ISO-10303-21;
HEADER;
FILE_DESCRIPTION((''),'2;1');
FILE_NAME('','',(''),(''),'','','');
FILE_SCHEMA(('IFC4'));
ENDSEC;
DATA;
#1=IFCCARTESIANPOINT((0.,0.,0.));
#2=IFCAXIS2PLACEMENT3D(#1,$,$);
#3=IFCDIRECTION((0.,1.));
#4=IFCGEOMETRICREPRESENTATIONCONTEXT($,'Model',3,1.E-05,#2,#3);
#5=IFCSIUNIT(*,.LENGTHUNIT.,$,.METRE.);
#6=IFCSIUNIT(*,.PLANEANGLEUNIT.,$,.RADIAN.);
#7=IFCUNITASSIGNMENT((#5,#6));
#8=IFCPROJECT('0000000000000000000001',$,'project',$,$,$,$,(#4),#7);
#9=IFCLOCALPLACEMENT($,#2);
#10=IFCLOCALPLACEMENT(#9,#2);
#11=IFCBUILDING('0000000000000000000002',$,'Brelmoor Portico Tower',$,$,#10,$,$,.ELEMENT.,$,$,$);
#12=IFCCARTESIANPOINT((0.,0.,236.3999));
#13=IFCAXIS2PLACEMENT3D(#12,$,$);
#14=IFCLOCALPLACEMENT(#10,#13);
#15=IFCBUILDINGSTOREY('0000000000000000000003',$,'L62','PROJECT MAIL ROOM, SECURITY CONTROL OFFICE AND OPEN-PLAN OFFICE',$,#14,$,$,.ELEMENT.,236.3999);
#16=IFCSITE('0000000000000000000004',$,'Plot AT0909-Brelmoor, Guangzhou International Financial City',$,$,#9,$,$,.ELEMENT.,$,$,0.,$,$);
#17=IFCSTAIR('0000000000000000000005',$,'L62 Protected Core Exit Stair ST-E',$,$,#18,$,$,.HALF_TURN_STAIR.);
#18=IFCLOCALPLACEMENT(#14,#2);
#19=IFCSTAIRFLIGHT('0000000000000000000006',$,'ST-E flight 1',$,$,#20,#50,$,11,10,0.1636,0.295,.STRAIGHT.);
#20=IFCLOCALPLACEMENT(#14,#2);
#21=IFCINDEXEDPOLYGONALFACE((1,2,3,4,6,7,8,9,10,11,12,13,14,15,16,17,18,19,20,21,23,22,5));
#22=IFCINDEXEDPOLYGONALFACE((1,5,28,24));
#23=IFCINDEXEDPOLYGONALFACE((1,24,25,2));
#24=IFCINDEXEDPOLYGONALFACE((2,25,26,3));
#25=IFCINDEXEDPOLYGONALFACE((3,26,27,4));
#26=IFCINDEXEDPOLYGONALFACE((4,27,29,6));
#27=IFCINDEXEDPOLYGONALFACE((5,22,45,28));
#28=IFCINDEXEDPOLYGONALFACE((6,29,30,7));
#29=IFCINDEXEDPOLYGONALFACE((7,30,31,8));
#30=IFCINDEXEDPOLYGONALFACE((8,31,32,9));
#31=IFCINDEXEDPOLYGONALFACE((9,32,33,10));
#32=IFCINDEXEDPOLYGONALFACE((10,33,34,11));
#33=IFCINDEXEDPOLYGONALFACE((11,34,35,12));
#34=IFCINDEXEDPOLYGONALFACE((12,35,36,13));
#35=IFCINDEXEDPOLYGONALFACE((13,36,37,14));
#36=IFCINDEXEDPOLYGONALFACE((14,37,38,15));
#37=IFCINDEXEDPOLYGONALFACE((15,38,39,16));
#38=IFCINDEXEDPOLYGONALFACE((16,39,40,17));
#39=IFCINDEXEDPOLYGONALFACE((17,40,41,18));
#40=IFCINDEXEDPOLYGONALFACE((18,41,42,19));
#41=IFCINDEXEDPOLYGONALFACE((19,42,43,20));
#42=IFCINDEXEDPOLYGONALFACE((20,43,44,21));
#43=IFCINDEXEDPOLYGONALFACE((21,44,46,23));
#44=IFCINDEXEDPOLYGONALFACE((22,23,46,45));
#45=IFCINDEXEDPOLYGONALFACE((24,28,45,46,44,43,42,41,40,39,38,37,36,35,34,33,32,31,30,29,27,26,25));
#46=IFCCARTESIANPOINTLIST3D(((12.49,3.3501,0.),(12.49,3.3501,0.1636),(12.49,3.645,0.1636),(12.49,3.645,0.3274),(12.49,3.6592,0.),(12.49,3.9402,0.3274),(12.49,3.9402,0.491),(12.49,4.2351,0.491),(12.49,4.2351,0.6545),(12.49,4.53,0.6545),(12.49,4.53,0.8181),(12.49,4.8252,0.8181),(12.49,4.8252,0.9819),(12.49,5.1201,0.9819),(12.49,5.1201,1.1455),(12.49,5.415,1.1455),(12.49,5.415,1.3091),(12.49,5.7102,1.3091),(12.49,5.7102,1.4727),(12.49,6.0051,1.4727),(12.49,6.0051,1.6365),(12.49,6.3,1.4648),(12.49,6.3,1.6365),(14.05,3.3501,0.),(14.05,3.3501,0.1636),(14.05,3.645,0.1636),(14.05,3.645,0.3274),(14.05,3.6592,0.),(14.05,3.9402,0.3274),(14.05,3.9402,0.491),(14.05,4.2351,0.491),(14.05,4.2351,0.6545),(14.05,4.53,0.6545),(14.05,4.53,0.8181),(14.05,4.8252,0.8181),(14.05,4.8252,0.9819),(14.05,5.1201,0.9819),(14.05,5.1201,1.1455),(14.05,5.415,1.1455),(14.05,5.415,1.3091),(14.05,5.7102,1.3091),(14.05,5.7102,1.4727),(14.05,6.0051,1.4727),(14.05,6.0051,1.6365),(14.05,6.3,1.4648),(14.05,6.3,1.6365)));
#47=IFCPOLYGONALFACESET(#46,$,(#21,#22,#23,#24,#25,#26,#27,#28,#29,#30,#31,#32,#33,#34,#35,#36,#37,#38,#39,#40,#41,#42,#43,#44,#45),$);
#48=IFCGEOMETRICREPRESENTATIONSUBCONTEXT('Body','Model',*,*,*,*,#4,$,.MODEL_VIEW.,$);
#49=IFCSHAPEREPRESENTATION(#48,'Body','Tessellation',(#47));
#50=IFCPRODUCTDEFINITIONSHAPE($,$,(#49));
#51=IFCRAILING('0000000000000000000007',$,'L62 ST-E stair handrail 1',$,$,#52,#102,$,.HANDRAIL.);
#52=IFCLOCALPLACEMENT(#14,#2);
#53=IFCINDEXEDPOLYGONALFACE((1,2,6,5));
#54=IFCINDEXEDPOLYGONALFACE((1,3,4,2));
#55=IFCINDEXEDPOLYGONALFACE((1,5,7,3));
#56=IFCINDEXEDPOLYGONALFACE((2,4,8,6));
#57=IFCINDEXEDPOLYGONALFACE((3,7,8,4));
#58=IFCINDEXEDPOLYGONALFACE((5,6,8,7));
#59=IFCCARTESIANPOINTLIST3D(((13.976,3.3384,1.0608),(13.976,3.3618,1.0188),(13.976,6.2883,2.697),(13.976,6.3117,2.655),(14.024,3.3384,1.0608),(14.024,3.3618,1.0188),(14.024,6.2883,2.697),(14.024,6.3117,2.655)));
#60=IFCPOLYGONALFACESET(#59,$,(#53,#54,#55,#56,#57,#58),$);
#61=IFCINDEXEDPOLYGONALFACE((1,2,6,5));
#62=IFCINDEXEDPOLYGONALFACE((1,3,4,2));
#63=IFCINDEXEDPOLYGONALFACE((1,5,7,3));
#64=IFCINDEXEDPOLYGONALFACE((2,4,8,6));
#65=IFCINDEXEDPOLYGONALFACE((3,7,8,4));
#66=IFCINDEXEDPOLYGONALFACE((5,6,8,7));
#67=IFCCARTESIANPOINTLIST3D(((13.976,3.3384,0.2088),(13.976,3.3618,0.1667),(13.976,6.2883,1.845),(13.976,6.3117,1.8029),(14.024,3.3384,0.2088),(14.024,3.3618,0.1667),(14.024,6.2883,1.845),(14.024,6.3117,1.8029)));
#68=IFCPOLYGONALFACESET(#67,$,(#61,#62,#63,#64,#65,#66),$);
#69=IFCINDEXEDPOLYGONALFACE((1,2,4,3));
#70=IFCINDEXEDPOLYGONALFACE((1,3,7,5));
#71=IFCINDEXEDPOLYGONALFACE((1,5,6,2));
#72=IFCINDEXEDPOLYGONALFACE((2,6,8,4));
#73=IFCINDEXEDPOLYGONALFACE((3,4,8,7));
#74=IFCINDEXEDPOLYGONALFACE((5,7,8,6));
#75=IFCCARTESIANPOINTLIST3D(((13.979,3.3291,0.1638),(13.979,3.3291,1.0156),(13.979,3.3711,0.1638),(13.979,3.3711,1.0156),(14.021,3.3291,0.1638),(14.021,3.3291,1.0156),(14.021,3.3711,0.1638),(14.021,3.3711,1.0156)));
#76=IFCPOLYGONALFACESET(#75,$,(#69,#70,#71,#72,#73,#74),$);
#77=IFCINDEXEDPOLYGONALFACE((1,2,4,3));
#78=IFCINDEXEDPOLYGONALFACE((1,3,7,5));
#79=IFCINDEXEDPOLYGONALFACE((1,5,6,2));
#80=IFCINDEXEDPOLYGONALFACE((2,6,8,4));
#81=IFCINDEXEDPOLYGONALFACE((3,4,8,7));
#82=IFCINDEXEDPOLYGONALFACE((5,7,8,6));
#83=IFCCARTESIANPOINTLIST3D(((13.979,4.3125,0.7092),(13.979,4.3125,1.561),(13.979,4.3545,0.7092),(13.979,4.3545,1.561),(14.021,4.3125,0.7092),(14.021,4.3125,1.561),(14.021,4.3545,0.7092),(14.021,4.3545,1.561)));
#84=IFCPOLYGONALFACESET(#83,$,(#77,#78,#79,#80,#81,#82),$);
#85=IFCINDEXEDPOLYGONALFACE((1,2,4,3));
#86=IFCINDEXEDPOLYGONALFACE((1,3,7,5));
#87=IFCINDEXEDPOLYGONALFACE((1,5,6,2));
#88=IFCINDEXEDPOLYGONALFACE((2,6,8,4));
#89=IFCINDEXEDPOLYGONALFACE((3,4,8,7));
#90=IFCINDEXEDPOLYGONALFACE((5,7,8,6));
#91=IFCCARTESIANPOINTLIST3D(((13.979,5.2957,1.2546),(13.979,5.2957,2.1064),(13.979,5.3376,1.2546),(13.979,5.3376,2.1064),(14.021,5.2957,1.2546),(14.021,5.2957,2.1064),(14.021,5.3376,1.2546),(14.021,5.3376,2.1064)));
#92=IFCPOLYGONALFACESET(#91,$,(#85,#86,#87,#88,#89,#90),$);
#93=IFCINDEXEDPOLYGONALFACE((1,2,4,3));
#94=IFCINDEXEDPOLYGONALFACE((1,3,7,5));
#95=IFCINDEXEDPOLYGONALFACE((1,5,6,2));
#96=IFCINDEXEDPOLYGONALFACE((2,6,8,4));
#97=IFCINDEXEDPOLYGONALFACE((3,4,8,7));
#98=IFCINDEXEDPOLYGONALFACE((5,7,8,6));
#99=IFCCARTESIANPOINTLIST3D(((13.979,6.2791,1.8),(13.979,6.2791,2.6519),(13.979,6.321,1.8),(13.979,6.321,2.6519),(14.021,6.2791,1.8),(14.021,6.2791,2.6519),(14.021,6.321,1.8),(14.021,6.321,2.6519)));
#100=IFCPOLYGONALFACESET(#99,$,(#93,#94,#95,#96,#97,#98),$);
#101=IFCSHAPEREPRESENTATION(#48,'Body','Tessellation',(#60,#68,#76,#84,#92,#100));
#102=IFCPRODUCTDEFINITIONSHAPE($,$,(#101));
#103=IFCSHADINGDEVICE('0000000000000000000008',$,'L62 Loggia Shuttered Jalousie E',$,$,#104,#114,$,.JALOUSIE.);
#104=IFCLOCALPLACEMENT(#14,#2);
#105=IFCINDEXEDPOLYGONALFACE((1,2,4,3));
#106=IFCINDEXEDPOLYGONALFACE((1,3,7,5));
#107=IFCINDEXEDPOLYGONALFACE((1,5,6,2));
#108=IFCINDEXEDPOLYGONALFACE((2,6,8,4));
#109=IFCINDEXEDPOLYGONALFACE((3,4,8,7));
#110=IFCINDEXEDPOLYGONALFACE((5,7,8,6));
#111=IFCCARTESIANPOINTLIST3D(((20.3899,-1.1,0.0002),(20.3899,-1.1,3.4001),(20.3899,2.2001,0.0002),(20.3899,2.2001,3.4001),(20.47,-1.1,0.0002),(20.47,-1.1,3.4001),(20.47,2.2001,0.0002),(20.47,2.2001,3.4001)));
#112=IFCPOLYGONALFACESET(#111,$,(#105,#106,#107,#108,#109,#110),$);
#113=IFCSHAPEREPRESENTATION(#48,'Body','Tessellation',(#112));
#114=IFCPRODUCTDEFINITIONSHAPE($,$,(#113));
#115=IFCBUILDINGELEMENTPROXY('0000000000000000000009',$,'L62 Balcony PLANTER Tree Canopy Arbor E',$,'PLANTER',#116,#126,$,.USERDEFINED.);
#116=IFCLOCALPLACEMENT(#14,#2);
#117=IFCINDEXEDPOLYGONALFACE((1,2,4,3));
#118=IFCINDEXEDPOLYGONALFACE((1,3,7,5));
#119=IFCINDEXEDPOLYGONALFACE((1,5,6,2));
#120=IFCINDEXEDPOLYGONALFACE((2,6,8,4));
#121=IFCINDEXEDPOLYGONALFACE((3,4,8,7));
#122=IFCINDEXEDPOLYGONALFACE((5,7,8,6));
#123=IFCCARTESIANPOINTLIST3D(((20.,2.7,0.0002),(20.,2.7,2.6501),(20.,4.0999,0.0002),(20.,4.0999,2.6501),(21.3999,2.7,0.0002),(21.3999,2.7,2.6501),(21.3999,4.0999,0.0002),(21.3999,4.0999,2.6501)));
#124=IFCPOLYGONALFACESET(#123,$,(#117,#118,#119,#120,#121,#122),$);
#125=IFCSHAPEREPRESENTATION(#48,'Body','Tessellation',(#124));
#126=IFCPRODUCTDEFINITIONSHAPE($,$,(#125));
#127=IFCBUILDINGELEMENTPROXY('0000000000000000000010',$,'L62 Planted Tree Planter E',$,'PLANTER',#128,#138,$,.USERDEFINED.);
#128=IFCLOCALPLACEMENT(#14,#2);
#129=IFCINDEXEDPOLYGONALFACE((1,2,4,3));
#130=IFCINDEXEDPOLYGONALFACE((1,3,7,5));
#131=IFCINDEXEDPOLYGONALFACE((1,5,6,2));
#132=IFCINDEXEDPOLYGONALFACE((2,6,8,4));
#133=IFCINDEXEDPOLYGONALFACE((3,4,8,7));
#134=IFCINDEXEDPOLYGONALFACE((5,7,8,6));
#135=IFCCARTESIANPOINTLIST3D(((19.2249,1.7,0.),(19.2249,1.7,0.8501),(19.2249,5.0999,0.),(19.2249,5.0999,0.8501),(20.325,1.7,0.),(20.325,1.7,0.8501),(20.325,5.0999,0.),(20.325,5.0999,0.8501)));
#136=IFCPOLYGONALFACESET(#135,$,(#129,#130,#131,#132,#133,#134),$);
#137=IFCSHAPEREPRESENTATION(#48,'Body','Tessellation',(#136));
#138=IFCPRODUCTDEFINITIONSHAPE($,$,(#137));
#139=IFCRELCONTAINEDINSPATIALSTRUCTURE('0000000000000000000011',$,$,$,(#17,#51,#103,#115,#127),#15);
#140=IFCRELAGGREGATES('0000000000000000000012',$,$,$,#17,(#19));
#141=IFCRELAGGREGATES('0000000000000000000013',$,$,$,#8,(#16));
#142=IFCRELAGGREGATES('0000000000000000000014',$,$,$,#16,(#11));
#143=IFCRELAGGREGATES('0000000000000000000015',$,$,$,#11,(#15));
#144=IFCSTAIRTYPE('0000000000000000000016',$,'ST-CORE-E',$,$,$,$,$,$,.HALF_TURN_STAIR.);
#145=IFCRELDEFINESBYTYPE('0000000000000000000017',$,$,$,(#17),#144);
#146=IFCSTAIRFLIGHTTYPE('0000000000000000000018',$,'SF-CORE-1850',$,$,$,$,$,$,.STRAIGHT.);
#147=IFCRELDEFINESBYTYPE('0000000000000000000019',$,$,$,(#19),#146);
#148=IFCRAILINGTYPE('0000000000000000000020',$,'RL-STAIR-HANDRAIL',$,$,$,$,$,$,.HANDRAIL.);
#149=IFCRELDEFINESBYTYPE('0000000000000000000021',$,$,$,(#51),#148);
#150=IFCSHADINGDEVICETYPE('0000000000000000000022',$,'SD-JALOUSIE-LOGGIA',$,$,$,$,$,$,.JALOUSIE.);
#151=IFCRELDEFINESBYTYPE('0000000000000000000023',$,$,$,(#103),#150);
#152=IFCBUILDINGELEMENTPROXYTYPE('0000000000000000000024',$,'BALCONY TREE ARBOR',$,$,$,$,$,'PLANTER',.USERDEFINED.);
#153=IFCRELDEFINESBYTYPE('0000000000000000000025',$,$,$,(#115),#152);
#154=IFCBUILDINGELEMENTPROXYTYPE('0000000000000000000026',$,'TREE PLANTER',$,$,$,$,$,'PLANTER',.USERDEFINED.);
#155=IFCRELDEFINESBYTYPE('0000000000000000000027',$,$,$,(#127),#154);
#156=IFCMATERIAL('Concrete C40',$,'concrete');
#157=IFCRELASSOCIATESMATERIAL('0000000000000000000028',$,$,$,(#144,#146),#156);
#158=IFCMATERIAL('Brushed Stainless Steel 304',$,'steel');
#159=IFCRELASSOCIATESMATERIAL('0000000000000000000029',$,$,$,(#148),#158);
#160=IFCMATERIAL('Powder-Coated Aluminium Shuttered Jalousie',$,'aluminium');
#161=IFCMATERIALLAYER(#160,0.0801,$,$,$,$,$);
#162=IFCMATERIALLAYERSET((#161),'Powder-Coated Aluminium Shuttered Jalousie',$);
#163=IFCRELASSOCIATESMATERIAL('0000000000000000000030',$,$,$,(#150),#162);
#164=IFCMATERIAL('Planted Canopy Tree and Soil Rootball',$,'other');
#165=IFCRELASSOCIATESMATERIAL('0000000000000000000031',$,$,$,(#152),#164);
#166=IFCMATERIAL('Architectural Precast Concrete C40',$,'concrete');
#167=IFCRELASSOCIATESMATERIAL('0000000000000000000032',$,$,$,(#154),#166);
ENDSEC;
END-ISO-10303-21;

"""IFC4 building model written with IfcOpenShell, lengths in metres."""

from ifc_helpers import new_model, si_unit, direction, frame, origin, origin_2d, place, context, subcontext, project, spatial, polyline, rectangle, outline, extrude, material, layer, layer_set, type_object, element, aggregate, save


model = new_model("IFC4")

# Units and contexts
model_context = context("Model", 3, precision=1e-05, world=origin(), true_north=direction((0.0, 1.0)))
body_context = subcontext(model_context, "Body", "Model", "MODEL_VIEW")
ifc_project = project(units=[si_unit("LENGTHUNIT", "METRE"), si_unit("PLANEANGLEUNIT", "RADIAN")], contexts=[model_context])

# Site, building, storey
site_placement = place(None, origin())
site = spatial("IfcSite", under=ifc_project, at=site_placement, Name="Plot AT0909-Brelmoor, Guangzhou International Financial City", CompositionType="ELEMENT", RefElevation=0.0)
building_placement = place(site_placement, origin())
building = spatial("IfcBuilding", under=site, at=building_placement, Name="Brelmoor Portico Tower", CompositionType="ELEMENT")
storey_placement = place(building_placement, frame((0.0, 0.0, 236.3999)))
storey = spatial("IfcBuildingStorey", under=building, at=storey_placement, Name="L62", Description="PROJECT MAIL ROOM, SECURITY CONTROL OFFICE AND OPEN-PLAN OFFICE", CompositionType="ELEMENT", Elevation=236.3999)

# Shared definitions
ifc_material_1 = material(Name="Concrete C40", Category="concrete")

# Stair, stair flight
stair_type = type_object("IfcStairType", Name="ST-CORE-E", PredefinedType="HALF_TURN_STAIR", material=ifc_material_1)
stair_placement = place(storey_placement, origin())
stair = element("IfcStair", 1, at=stair_placement, inside=storey, type_object=stair_type, Name="L62 Protected Core Exit Stair ST-E", PredefinedType="HALF_TURN_STAIR")
stair_flight_type = type_object("IfcStairFlightType", Name="SF-CORE-1850", PredefinedType="STRAIGHT", material=ifc_material_1)
stair_flight_placement = place(storey_placement, frame((13.27, 3.3501, 0.0), z_axis=(0.0, 0.0, 1.0), x_axis=(0.0, 1.0, 0.0)))
stair_flight = element("IfcStairFlight", 2, at=stair_flight_placement, type_object=stair_flight_type, Name="ST-E flight 1", NumberOfRisers=11, NumberOfTreads=10, PredefinedType="STRAIGHT", RiserHeight=0.1636, TreadLength=0.295, context=body_context, shape_type="SweptSolid", body=[
    extrude(outline(polyline([(0.0, 0.0), (0.0, 0.1636), (0.2949, 0.1636), (0.2949, 0.3274), (0.5901, 0.3274), (0.5901, 0.491), (0.885, 0.491), (0.885, 0.6545), (1.1799, 0.6545), (1.1799, 0.8181), (1.4751, 0.8181), (1.4751, 0.9819), (1.77, 0.9819), (1.77, 1.1455), (2.0649, 1.1455), (2.0649, 1.3091), (2.3601, 1.3091), (2.3601, 1.4727), (2.655, 1.4727), (2.655, 1.6365), (2.95, 1.6365), (2.95, 1.8), (2.95, 1.4648), (0.3091, 0.0), (0.0, 0.0)])), frame((0.0, 0.78, 0.0), z_axis=(0.0, -1.0, 0.0), x_axis=(1.0, 0.0, 0.0)), (0.0, 0.0, 1.0), 1.5601),
])
aggregate(stair, [stair_flight])

# Railing
ifc_material_2 = material(Name="Brushed Stainless Steel 304", Category="steel")
railing_type = type_object("IfcRailingType", Name="RL-STAIR-HANDRAIL", PredefinedType="HANDRAIL", material=ifc_material_2)
railing_placement = place(storey_placement, frame((14.0, 3.3501, 0.1638)))
element("IfcRailing", 3, at=railing_placement, inside=storey, type_object=railing_type, Name="L62 ST-E stair handrail 1", PredefinedType="HANDRAIL", context=body_context, shape_type="SweptSolid", body=[
    extrude(rectangle(XDim=0.0481, YDim=0.0481, at=origin_2d()), frame((0.0, 0.0, 0.876), z_axis=(0.0, 0.874488, 0.485047), x_axis=(-1.0, 0.0, 0.0)), (0.0, 0.0, 1.0), 3.3733),
    extrude(rectangle(XDim=0.0481, YDim=0.0481, at=origin_2d()), frame((0.0, 0.0, 0.0239), z_axis=(0.0, 0.874488, 0.485047), x_axis=(-1.0, 0.0, 0.0)), (0.0, 0.0, 1.0), 3.3733),
    extrude(rectangle(XDim=0.042, YDim=0.042, at=origin_2d()), origin(), (0.0, 0.0, 1.0), 0.8518),
    extrude(rectangle(XDim=0.042, YDim=0.042, at=origin_2d()), frame((0.0, 0.9834, 0.5454)), (0.0, 0.0, 1.0), 0.8518),
    extrude(rectangle(XDim=0.042, YDim=0.042, at=origin_2d()), frame((0.0, 1.9666, 1.0908)), (0.0, 0.0, 1.0), 0.8518),
    extrude(rectangle(XDim=0.042, YDim=0.042, at=origin_2d()), frame((0.0, 2.95, 1.6362)), (0.0, 0.0, 1.0), 0.8518),
])

# Shading device
ifc_material_3 = material(Name="Powder-Coated Aluminium Shuttered Jalousie", Category="aluminium")
ifc_layer_1 = layer(ifc_material_3, 0.0801)
ifc_layer_set_1 = layer_set([ifc_layer_1], Name="Powder-Coated Aluminium Shuttered Jalousie")
shading_device_type = type_object("IfcShadingDeviceType", Name="SD-JALOUSIE-LOGGIA", PredefinedType="JALOUSIE", material=ifc_layer_set_1)
shading_device_placement = place(storey_placement, frame((20.4299, 0.55, 0.0002), z_axis=(0.0, 0.0, 1.0), x_axis=(0.0, 1.0, 0.0)))
element("IfcShadingDevice", 4, at=shading_device_placement, inside=storey, type_object=shading_device_type, Name="L62 Loggia Shuttered Jalousie E", PredefinedType="JALOUSIE", context=body_context, shape_type="SweptSolid", body=[
    extrude(rectangle(XDim=3.3, YDim=0.0801, at=origin_2d()), origin(), (0.0, 0.0, 1.0), 3.3999),
])

# Building element proxies
ifc_material_4 = material(Name="Planted Canopy Tree and Soil Rootball", Category="other")
building_element_proxy_type_1 = type_object("IfcBuildingElementProxyType", Name="BALCONY TREE ARBOR", ElementType="PLANTER", PredefinedType="USERDEFINED", material=ifc_material_4)
proxy_1_placement = place(storey_placement, frame((20.7, 3.3999, 0.0002), z_axis=(0.0, 0.0, 1.0), x_axis=(1.0, 0.0, 0.0)))
element("IfcBuildingElementProxy", 5, at=proxy_1_placement, inside=storey, type_object=building_element_proxy_type_1, Name="L62 Balcony PLANTER Tree Canopy Arbor E", ObjectType="PLANTER", PredefinedType="USERDEFINED", context=body_context, shape_type="SweptSolid", body=[
    extrude(rectangle(XDim=1.3999, YDim=1.3999, at=origin_2d()), origin(), (0.0, 0.0, 1.0), 2.6499),
])
ifc_material_5 = material(Name="Architectural Precast Concrete C40", Category="concrete")
building_element_proxy_type_2 = type_object("IfcBuildingElementProxyType", Name="TREE PLANTER", ElementType="PLANTER", PredefinedType="USERDEFINED", material=ifc_material_5)
proxy_2_placement = place(storey_placement, frame((19.7749, 3.3999, 0.0), z_axis=(0.0, 0.0, 1.0), x_axis=(0.0, 1.0, 0.0)))
element("IfcBuildingElementProxy", 6, at=proxy_2_placement, inside=storey, type_object=building_element_proxy_type_2, Name="L62 Planted Tree Planter E", ObjectType="PLANTER", PredefinedType="USERDEFINED", context=body_context, shape_type="SweptSolid", body=[
    extrude(rectangle(XDim=3.3999, YDim=1.1001, at=origin_2d()), origin(), (0.0, 0.0, 1.0), 0.8501),
])

save(model, "model.ifc")
